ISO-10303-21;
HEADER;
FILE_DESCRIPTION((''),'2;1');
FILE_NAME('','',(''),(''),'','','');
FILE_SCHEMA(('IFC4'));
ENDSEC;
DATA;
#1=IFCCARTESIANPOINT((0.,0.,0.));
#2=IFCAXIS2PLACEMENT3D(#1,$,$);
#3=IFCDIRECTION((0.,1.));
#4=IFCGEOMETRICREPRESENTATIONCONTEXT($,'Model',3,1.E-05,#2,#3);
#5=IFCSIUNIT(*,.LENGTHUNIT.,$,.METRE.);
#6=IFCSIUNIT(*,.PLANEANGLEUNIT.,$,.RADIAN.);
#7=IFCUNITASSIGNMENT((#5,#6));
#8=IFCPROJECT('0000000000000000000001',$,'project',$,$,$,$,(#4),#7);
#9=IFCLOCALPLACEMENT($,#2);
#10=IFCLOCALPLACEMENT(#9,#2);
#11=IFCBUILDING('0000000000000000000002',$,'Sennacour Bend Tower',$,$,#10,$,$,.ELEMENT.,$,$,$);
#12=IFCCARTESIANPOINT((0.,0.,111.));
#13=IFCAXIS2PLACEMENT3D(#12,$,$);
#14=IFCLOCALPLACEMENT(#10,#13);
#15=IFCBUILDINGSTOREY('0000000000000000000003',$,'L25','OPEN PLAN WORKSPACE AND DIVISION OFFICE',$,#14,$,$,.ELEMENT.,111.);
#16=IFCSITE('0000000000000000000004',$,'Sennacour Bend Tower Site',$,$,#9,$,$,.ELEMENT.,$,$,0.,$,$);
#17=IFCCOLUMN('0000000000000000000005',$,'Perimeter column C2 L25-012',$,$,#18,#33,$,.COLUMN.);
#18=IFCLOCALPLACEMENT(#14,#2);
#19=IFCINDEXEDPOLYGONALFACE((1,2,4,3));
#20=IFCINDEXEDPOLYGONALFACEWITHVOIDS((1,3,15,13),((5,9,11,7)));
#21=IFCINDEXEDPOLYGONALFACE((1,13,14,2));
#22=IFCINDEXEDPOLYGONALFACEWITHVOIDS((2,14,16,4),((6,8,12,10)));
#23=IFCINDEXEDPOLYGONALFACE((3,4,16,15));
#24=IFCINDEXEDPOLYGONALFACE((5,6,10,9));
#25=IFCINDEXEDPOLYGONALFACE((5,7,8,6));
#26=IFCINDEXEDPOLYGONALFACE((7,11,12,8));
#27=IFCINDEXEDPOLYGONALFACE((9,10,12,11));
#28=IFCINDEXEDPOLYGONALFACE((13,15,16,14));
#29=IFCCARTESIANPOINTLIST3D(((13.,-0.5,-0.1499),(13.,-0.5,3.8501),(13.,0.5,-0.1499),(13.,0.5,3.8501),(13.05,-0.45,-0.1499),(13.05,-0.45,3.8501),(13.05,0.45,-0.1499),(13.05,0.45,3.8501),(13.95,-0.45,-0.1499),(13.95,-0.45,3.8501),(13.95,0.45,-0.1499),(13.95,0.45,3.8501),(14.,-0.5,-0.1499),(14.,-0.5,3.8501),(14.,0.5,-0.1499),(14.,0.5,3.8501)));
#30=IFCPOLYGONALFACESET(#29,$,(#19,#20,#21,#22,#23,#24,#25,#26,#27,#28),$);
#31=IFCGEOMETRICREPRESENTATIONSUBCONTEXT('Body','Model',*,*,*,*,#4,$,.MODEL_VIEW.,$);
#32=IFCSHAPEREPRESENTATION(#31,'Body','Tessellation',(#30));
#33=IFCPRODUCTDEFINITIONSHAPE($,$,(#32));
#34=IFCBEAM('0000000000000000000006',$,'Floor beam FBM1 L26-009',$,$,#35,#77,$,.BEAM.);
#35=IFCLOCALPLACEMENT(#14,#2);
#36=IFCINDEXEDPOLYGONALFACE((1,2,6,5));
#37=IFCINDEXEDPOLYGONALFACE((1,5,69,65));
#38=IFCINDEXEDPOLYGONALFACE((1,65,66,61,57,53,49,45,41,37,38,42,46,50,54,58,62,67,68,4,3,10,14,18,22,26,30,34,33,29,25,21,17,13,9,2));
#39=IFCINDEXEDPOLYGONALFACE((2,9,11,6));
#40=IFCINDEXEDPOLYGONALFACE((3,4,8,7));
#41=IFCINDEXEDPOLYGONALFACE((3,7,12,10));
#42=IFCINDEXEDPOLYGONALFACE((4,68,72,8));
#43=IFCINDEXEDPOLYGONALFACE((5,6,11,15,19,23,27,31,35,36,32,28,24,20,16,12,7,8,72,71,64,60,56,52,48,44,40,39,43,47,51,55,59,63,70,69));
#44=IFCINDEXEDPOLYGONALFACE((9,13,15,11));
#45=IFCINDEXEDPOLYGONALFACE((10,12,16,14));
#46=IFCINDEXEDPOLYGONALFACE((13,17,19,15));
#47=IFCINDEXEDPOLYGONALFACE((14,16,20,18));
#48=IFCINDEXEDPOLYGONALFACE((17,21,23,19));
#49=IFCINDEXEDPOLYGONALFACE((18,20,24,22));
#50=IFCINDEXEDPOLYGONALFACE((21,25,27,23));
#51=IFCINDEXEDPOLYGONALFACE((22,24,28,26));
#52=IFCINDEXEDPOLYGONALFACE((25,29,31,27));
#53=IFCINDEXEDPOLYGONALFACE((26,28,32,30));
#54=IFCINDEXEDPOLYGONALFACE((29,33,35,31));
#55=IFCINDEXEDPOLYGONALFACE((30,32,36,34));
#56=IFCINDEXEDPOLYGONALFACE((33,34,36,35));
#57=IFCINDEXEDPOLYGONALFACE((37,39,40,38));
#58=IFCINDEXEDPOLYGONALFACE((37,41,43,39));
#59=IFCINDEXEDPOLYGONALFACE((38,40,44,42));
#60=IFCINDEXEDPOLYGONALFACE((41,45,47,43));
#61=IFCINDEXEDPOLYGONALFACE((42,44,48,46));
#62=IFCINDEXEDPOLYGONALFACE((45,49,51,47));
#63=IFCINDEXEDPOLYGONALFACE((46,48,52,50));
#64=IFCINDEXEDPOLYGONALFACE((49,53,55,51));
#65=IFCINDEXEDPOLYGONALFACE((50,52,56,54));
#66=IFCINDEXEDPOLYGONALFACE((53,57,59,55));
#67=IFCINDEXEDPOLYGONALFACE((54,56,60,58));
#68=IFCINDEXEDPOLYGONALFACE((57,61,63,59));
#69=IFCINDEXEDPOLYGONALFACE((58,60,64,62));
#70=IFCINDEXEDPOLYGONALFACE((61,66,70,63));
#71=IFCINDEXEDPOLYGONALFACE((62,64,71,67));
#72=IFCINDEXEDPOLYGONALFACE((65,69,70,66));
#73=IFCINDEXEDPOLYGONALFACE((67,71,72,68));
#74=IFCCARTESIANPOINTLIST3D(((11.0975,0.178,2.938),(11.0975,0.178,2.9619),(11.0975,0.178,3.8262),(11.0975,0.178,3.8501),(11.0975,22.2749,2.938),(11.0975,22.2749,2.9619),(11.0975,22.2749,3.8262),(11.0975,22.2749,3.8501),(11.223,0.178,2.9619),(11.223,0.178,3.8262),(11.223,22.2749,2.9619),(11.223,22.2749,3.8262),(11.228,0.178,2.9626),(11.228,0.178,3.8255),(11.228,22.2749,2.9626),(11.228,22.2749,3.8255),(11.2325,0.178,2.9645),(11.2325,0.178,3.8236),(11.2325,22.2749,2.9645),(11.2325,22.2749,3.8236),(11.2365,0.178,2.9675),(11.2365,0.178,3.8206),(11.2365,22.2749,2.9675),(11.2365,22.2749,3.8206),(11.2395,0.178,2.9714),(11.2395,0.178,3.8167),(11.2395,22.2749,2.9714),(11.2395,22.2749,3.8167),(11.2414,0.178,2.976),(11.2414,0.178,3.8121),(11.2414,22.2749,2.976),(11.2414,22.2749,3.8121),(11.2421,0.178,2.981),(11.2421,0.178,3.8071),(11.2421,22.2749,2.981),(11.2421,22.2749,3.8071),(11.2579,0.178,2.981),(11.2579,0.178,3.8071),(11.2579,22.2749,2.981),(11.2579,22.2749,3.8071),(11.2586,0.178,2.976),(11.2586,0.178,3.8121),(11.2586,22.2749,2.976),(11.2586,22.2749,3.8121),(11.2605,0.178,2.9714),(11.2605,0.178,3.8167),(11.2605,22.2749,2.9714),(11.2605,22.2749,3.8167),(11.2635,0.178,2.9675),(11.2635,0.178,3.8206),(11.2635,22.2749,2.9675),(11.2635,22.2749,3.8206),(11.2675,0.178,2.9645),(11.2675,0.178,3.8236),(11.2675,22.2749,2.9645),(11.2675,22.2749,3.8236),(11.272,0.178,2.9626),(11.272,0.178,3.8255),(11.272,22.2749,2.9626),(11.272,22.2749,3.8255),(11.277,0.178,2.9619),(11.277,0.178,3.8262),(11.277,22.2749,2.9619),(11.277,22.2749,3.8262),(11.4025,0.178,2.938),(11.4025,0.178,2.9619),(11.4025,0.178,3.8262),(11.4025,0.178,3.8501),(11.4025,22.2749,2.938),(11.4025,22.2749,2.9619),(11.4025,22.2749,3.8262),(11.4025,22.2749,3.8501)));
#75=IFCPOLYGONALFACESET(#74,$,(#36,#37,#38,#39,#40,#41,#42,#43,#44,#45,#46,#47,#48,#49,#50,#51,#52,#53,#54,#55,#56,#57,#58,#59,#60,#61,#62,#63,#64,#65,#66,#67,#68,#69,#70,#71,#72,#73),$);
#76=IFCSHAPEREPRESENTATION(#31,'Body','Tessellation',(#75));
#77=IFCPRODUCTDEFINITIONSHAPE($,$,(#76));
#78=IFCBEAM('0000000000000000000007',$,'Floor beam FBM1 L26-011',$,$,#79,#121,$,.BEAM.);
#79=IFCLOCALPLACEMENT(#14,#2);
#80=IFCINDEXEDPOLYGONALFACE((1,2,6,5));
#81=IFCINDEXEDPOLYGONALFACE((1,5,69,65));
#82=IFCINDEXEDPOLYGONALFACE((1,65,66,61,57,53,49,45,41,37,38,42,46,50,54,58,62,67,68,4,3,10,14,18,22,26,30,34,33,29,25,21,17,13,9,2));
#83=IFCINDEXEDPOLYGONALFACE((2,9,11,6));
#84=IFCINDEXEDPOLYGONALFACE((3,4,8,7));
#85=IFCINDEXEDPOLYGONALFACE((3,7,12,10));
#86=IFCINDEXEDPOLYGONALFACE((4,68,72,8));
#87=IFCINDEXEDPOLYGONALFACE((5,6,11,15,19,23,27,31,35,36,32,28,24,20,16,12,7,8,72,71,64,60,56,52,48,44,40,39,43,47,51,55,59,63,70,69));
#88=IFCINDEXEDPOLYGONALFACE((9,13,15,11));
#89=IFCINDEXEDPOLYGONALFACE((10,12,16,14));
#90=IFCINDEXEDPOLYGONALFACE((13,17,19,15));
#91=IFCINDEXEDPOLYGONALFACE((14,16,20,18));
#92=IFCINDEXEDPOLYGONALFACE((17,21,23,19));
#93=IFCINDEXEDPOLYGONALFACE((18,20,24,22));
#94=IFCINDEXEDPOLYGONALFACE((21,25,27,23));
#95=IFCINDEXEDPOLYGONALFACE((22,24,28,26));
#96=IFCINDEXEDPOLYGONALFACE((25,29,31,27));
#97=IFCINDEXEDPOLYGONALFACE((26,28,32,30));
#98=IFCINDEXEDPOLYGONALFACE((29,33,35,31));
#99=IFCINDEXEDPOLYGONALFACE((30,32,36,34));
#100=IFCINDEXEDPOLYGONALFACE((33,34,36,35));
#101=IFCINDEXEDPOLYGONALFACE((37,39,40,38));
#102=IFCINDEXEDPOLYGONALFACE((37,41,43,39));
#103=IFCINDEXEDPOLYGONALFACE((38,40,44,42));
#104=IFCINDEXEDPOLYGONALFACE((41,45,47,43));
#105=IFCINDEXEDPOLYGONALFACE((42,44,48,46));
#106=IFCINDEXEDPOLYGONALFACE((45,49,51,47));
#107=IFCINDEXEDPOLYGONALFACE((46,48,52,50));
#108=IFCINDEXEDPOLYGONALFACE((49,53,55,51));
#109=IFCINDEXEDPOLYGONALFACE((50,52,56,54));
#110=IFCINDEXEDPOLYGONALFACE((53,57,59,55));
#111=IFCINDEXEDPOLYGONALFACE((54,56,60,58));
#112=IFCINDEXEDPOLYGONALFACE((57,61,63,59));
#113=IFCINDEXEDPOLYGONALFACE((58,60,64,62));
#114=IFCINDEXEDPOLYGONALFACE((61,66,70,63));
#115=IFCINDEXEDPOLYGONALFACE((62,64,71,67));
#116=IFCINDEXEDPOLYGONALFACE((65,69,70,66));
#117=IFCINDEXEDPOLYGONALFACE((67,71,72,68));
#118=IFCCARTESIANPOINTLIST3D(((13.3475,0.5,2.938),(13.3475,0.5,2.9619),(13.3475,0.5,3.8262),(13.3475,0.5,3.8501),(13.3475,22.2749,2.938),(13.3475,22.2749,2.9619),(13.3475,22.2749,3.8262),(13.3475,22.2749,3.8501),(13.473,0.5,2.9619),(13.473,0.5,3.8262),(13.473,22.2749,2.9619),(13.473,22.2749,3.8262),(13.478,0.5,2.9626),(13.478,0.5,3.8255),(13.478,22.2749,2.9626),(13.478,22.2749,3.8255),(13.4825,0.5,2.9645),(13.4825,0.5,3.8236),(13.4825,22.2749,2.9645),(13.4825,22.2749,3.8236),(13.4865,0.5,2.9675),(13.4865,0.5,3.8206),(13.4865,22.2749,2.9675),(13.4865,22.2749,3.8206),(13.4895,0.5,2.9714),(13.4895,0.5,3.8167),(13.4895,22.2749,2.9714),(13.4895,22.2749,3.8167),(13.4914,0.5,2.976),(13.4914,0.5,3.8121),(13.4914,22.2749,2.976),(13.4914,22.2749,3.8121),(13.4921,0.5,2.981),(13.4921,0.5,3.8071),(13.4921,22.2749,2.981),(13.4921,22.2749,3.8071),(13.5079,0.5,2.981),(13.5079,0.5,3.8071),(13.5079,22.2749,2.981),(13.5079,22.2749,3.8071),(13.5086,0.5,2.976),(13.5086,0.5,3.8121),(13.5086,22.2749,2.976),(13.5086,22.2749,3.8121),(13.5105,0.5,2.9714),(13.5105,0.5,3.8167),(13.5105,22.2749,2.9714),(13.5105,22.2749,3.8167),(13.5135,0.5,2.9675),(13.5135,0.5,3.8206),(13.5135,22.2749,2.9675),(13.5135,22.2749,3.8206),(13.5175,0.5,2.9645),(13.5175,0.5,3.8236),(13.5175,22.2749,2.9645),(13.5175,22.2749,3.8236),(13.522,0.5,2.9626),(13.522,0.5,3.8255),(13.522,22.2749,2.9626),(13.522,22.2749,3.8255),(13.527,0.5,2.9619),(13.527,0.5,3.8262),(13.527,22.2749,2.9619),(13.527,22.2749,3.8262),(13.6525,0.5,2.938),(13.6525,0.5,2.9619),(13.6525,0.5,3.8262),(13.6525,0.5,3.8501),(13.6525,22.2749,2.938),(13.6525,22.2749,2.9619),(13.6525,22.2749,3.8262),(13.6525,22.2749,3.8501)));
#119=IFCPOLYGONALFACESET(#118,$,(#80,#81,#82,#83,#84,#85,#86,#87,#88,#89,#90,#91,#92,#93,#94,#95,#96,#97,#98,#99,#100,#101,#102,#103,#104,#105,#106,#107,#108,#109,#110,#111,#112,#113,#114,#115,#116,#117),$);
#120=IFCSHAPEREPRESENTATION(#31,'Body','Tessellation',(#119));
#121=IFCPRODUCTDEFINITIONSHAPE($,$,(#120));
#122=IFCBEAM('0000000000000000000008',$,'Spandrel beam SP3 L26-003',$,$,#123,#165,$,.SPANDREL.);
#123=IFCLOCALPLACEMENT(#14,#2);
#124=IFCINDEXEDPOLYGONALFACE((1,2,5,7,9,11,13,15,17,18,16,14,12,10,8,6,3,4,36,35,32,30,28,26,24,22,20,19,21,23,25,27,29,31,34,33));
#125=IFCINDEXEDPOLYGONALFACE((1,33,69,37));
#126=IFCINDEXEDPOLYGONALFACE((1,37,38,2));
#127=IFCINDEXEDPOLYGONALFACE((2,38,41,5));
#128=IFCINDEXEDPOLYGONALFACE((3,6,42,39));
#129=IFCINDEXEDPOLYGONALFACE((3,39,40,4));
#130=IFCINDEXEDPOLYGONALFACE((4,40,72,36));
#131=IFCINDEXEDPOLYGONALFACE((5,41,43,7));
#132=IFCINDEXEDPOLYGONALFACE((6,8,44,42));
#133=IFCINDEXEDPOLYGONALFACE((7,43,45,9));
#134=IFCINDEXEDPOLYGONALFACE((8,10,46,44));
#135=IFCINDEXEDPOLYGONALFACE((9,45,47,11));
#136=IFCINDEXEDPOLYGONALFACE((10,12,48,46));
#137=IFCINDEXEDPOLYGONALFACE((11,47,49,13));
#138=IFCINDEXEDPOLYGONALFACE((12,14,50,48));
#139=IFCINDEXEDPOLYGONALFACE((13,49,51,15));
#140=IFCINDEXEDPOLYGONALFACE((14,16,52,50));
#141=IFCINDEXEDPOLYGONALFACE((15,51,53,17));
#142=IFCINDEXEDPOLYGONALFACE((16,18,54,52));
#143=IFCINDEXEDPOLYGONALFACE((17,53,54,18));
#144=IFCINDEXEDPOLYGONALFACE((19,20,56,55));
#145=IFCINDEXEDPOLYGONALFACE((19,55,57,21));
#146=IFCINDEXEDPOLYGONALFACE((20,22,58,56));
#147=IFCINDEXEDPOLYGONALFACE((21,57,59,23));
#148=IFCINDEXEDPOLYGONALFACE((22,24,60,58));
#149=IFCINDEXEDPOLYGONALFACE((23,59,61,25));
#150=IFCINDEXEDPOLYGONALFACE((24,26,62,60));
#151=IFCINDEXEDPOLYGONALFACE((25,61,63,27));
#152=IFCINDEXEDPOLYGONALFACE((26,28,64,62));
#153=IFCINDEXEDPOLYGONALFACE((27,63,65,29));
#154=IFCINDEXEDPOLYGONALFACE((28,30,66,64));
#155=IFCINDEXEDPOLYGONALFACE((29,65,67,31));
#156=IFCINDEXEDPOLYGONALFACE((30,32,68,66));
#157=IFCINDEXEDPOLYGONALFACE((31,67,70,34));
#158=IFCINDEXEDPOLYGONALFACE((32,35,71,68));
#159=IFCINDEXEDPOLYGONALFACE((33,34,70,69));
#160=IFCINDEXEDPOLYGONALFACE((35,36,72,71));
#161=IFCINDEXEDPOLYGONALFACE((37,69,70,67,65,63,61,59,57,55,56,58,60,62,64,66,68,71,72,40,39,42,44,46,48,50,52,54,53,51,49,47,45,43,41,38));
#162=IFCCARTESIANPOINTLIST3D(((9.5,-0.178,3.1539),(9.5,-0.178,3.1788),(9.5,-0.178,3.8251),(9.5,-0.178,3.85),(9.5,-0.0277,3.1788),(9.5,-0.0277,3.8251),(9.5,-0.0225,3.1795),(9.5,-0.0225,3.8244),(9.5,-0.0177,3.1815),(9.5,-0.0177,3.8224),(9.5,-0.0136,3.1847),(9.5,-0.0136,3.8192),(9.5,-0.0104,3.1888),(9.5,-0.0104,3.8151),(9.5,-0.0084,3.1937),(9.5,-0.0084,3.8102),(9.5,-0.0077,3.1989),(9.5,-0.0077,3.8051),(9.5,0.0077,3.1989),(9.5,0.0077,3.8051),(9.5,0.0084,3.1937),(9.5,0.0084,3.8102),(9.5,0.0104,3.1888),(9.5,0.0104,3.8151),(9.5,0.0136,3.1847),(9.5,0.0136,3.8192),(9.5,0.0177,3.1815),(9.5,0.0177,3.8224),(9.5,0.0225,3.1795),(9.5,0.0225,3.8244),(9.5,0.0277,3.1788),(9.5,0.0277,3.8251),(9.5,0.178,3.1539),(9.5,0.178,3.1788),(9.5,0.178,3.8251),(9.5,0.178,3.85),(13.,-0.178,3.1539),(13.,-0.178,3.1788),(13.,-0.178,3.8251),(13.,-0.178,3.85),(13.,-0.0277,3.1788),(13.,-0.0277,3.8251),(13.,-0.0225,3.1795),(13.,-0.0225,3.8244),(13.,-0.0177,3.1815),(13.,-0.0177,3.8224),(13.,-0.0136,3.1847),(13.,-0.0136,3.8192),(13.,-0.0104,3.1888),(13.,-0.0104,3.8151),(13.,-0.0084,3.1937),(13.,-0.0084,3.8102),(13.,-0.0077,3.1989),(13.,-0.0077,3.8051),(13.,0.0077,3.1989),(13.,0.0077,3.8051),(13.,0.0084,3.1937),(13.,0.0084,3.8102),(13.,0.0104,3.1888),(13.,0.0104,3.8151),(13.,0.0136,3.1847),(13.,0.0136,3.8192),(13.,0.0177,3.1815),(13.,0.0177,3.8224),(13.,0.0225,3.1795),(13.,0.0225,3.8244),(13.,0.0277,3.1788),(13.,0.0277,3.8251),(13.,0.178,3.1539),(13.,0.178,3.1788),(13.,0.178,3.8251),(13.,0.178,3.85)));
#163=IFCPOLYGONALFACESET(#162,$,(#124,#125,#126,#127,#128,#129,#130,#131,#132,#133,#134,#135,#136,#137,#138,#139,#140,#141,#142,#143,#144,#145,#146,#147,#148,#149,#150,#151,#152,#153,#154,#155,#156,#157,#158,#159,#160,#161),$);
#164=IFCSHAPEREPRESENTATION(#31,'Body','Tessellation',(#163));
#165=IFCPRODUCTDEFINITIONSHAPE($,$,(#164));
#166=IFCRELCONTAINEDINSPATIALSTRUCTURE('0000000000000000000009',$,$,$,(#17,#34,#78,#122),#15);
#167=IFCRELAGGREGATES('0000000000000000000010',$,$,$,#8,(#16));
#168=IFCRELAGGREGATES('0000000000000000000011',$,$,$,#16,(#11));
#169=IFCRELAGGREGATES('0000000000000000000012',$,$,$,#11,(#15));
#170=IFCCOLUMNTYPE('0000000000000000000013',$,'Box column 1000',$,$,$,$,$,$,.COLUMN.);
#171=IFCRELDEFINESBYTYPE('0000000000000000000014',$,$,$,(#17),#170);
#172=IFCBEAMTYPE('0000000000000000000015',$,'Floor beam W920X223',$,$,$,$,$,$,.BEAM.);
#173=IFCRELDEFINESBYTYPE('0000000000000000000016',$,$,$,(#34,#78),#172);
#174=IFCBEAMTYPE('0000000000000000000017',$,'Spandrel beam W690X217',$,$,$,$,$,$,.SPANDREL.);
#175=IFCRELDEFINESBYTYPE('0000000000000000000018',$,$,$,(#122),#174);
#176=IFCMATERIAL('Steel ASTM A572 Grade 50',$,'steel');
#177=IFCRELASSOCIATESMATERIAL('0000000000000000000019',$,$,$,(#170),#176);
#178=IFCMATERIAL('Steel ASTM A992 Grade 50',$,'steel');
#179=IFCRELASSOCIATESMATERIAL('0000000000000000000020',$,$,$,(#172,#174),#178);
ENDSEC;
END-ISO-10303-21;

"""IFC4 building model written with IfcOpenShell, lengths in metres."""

from ifc_helpers import new_model, si_unit, direction, frame, origin, origin_2d, place, context, subcontext, project, spatial, hollow_rectangle, i_section, extrude, material, material_profile, profile_set, type_object, element, save


model = new_model("IFC4")

# Units and contexts
model_context = context("Model", 3, precision=1e-05, world=origin(), true_north=direction((0.0, 1.0)))
body_context = subcontext(model_context, "Body", "Model", "MODEL_VIEW")
ifc_project = project(units=[si_unit("LENGTHUNIT", "METRE"), si_unit("PLANEANGLEUNIT", "RADIAN")], contexts=[model_context])

# Site, building, storey
site_placement = place(None, origin())
site = spatial("IfcSite", under=ifc_project, at=site_placement, Name="Sennacour Bend Tower Site", CompositionType="ELEMENT", RefElevation=0.0)
building_placement = place(site_placement, origin())
building = spatial("IfcBuilding", under=site, at=building_placement, Name="Sennacour Bend Tower", CompositionType="ELEMENT")
storey_placement = place(building_placement, frame((0.0, 0.0, 111.0)))
storey = spatial("IfcBuildingStorey", under=building, at=storey_placement, Name="L25", Description="OPEN PLAN WORKSPACE AND DIVISION OFFICE", CompositionType="ELEMENT", Elevation=111.0)

# Column
ifc_material_1 = material(Name="Steel ASTM A572 Grade 50", Category="steel")
ifc_material_profile_1 = material_profile(ifc_material_1, hollow_rectangle(XDim=1.0, YDim=1.0, WallThickness=0.05, at=origin_2d()), Name="Steel ASTM A572 Grade 50", Category="steel")
ifc_profile_set_1 = profile_set([ifc_material_profile_1], Name="Steel ASTM A572 Grade 50")
column_type = type_object("IfcColumnType", Name="Box column 1000", PredefinedType="COLUMN", material=ifc_profile_set_1)
column_placement = place(storey_placement, frame((13.5, 0.0, -0.1499), z_axis=(0.0, 0.0, 1.0), x_axis=(1.0, 0.0, 0.0)))
element("IfcColumn", 1, at=column_placement, inside=storey, type_object=column_type, Name="Perimeter column C2 L25-012", PredefinedType="COLUMN", context=body_context, shape_type="SweptSolid", body=[
    extrude(hollow_rectangle(XDim=1.0, YDim=1.0, WallThickness=0.05, at=origin_2d()), origin(), (0.0, 0.0, 1.0), 4.0),
])

# Beams
ifc_material_2 = material(Name="Steel ASTM A992 Grade 50", Category="steel")
ifc_material_profile_2 = material_profile(ifc_material_2, i_section(OverallWidth=0.3049, OverallDepth=0.9121, WebThickness=0.0159, FlangeThickness=0.0239, FilletRadius=0.019, at=origin_2d()), Name="Steel ASTM A992 Grade 50", Category="steel")
ifc_profile_set_2 = profile_set([ifc_material_profile_2], Name="Steel ASTM A992 Grade 50")
beam_type_1 = type_object("IfcBeamType", Name="Floor beam W920X223", PredefinedType="BEAM", material=ifc_profile_set_2)
beam_1_placement = place(storey_placement, frame((11.25, 0.178, 3.394), z_axis=(0.0, 1.0, 0.0), x_axis=(-1.0, 0.0, 0.0)))
element("IfcBeam", 2, at=beam_1_placement, inside=storey, type_object=beam_type_1, Name="Floor beam FBM1 L26-009", PredefinedType="BEAM", context=body_context, shape_type="SweptSolid", body=[
    extrude(i_section(OverallWidth=0.3049, OverallDepth=0.9121, WebThickness=0.0159, FlangeThickness=0.0239, FilletRadius=0.019, at=origin_2d()), origin(), (0.0, 0.0, 1.0), 22.0969),
])
beam_2_placement = place(storey_placement, frame((13.5, 0.5, 3.394), z_axis=(0.0, 1.0, 0.0), x_axis=(-1.0, 0.0, 0.0)))
element("IfcBeam", 3, at=beam_2_placement, inside=storey, type_object=beam_type_1, Name="Floor beam FBM1 L26-011", PredefinedType="BEAM", context=body_context, shape_type="SweptSolid", body=[
    extrude(i_section(OverallWidth=0.3049, OverallDepth=0.9121, WebThickness=0.0159, FlangeThickness=0.0239, FilletRadius=0.019, at=origin_2d()), origin(), (0.0, 0.0, 1.0), 21.7749),
])
ifc_material_profile_3 = material_profile(ifc_material_2, i_section(OverallWidth=0.356, OverallDepth=0.696, WebThickness=0.0154, FlangeThickness=0.0249, FilletRadius=0.02, at=origin_2d()), Name="Steel ASTM A992 Grade 50", Category="steel")
ifc_profile_set_3 = profile_set([ifc_material_profile_3], Name="Steel ASTM A992 Grade 50")
beam_type_2 = type_object("IfcBeamType", Name="Spandrel beam W690X217", PredefinedType="SPANDREL", material=ifc_profile_set_3)
beam_3_placement = place(storey_placement, frame((13.0, 0.0, 3.502), z_axis=(-1.0, 0.0, 0.0), x_axis=(0.0, -1.0, 0.0)))
element("IfcBeam", 4, at=beam_3_placement, inside=storey, type_object=beam_type_2, Name="Spandrel beam SP3 L26-003", PredefinedType="SPANDREL", context=body_context, shape_type="SweptSolid", body=[
    extrude(i_section(OverallWidth=0.356, OverallDepth=0.696, WebThickness=0.0154, FlangeThickness=0.0249, FilletRadius=0.02, at=origin_2d()), origin(), (0.0, 0.0, 1.0), 3.5),
])

save(model, "model.ifc")
